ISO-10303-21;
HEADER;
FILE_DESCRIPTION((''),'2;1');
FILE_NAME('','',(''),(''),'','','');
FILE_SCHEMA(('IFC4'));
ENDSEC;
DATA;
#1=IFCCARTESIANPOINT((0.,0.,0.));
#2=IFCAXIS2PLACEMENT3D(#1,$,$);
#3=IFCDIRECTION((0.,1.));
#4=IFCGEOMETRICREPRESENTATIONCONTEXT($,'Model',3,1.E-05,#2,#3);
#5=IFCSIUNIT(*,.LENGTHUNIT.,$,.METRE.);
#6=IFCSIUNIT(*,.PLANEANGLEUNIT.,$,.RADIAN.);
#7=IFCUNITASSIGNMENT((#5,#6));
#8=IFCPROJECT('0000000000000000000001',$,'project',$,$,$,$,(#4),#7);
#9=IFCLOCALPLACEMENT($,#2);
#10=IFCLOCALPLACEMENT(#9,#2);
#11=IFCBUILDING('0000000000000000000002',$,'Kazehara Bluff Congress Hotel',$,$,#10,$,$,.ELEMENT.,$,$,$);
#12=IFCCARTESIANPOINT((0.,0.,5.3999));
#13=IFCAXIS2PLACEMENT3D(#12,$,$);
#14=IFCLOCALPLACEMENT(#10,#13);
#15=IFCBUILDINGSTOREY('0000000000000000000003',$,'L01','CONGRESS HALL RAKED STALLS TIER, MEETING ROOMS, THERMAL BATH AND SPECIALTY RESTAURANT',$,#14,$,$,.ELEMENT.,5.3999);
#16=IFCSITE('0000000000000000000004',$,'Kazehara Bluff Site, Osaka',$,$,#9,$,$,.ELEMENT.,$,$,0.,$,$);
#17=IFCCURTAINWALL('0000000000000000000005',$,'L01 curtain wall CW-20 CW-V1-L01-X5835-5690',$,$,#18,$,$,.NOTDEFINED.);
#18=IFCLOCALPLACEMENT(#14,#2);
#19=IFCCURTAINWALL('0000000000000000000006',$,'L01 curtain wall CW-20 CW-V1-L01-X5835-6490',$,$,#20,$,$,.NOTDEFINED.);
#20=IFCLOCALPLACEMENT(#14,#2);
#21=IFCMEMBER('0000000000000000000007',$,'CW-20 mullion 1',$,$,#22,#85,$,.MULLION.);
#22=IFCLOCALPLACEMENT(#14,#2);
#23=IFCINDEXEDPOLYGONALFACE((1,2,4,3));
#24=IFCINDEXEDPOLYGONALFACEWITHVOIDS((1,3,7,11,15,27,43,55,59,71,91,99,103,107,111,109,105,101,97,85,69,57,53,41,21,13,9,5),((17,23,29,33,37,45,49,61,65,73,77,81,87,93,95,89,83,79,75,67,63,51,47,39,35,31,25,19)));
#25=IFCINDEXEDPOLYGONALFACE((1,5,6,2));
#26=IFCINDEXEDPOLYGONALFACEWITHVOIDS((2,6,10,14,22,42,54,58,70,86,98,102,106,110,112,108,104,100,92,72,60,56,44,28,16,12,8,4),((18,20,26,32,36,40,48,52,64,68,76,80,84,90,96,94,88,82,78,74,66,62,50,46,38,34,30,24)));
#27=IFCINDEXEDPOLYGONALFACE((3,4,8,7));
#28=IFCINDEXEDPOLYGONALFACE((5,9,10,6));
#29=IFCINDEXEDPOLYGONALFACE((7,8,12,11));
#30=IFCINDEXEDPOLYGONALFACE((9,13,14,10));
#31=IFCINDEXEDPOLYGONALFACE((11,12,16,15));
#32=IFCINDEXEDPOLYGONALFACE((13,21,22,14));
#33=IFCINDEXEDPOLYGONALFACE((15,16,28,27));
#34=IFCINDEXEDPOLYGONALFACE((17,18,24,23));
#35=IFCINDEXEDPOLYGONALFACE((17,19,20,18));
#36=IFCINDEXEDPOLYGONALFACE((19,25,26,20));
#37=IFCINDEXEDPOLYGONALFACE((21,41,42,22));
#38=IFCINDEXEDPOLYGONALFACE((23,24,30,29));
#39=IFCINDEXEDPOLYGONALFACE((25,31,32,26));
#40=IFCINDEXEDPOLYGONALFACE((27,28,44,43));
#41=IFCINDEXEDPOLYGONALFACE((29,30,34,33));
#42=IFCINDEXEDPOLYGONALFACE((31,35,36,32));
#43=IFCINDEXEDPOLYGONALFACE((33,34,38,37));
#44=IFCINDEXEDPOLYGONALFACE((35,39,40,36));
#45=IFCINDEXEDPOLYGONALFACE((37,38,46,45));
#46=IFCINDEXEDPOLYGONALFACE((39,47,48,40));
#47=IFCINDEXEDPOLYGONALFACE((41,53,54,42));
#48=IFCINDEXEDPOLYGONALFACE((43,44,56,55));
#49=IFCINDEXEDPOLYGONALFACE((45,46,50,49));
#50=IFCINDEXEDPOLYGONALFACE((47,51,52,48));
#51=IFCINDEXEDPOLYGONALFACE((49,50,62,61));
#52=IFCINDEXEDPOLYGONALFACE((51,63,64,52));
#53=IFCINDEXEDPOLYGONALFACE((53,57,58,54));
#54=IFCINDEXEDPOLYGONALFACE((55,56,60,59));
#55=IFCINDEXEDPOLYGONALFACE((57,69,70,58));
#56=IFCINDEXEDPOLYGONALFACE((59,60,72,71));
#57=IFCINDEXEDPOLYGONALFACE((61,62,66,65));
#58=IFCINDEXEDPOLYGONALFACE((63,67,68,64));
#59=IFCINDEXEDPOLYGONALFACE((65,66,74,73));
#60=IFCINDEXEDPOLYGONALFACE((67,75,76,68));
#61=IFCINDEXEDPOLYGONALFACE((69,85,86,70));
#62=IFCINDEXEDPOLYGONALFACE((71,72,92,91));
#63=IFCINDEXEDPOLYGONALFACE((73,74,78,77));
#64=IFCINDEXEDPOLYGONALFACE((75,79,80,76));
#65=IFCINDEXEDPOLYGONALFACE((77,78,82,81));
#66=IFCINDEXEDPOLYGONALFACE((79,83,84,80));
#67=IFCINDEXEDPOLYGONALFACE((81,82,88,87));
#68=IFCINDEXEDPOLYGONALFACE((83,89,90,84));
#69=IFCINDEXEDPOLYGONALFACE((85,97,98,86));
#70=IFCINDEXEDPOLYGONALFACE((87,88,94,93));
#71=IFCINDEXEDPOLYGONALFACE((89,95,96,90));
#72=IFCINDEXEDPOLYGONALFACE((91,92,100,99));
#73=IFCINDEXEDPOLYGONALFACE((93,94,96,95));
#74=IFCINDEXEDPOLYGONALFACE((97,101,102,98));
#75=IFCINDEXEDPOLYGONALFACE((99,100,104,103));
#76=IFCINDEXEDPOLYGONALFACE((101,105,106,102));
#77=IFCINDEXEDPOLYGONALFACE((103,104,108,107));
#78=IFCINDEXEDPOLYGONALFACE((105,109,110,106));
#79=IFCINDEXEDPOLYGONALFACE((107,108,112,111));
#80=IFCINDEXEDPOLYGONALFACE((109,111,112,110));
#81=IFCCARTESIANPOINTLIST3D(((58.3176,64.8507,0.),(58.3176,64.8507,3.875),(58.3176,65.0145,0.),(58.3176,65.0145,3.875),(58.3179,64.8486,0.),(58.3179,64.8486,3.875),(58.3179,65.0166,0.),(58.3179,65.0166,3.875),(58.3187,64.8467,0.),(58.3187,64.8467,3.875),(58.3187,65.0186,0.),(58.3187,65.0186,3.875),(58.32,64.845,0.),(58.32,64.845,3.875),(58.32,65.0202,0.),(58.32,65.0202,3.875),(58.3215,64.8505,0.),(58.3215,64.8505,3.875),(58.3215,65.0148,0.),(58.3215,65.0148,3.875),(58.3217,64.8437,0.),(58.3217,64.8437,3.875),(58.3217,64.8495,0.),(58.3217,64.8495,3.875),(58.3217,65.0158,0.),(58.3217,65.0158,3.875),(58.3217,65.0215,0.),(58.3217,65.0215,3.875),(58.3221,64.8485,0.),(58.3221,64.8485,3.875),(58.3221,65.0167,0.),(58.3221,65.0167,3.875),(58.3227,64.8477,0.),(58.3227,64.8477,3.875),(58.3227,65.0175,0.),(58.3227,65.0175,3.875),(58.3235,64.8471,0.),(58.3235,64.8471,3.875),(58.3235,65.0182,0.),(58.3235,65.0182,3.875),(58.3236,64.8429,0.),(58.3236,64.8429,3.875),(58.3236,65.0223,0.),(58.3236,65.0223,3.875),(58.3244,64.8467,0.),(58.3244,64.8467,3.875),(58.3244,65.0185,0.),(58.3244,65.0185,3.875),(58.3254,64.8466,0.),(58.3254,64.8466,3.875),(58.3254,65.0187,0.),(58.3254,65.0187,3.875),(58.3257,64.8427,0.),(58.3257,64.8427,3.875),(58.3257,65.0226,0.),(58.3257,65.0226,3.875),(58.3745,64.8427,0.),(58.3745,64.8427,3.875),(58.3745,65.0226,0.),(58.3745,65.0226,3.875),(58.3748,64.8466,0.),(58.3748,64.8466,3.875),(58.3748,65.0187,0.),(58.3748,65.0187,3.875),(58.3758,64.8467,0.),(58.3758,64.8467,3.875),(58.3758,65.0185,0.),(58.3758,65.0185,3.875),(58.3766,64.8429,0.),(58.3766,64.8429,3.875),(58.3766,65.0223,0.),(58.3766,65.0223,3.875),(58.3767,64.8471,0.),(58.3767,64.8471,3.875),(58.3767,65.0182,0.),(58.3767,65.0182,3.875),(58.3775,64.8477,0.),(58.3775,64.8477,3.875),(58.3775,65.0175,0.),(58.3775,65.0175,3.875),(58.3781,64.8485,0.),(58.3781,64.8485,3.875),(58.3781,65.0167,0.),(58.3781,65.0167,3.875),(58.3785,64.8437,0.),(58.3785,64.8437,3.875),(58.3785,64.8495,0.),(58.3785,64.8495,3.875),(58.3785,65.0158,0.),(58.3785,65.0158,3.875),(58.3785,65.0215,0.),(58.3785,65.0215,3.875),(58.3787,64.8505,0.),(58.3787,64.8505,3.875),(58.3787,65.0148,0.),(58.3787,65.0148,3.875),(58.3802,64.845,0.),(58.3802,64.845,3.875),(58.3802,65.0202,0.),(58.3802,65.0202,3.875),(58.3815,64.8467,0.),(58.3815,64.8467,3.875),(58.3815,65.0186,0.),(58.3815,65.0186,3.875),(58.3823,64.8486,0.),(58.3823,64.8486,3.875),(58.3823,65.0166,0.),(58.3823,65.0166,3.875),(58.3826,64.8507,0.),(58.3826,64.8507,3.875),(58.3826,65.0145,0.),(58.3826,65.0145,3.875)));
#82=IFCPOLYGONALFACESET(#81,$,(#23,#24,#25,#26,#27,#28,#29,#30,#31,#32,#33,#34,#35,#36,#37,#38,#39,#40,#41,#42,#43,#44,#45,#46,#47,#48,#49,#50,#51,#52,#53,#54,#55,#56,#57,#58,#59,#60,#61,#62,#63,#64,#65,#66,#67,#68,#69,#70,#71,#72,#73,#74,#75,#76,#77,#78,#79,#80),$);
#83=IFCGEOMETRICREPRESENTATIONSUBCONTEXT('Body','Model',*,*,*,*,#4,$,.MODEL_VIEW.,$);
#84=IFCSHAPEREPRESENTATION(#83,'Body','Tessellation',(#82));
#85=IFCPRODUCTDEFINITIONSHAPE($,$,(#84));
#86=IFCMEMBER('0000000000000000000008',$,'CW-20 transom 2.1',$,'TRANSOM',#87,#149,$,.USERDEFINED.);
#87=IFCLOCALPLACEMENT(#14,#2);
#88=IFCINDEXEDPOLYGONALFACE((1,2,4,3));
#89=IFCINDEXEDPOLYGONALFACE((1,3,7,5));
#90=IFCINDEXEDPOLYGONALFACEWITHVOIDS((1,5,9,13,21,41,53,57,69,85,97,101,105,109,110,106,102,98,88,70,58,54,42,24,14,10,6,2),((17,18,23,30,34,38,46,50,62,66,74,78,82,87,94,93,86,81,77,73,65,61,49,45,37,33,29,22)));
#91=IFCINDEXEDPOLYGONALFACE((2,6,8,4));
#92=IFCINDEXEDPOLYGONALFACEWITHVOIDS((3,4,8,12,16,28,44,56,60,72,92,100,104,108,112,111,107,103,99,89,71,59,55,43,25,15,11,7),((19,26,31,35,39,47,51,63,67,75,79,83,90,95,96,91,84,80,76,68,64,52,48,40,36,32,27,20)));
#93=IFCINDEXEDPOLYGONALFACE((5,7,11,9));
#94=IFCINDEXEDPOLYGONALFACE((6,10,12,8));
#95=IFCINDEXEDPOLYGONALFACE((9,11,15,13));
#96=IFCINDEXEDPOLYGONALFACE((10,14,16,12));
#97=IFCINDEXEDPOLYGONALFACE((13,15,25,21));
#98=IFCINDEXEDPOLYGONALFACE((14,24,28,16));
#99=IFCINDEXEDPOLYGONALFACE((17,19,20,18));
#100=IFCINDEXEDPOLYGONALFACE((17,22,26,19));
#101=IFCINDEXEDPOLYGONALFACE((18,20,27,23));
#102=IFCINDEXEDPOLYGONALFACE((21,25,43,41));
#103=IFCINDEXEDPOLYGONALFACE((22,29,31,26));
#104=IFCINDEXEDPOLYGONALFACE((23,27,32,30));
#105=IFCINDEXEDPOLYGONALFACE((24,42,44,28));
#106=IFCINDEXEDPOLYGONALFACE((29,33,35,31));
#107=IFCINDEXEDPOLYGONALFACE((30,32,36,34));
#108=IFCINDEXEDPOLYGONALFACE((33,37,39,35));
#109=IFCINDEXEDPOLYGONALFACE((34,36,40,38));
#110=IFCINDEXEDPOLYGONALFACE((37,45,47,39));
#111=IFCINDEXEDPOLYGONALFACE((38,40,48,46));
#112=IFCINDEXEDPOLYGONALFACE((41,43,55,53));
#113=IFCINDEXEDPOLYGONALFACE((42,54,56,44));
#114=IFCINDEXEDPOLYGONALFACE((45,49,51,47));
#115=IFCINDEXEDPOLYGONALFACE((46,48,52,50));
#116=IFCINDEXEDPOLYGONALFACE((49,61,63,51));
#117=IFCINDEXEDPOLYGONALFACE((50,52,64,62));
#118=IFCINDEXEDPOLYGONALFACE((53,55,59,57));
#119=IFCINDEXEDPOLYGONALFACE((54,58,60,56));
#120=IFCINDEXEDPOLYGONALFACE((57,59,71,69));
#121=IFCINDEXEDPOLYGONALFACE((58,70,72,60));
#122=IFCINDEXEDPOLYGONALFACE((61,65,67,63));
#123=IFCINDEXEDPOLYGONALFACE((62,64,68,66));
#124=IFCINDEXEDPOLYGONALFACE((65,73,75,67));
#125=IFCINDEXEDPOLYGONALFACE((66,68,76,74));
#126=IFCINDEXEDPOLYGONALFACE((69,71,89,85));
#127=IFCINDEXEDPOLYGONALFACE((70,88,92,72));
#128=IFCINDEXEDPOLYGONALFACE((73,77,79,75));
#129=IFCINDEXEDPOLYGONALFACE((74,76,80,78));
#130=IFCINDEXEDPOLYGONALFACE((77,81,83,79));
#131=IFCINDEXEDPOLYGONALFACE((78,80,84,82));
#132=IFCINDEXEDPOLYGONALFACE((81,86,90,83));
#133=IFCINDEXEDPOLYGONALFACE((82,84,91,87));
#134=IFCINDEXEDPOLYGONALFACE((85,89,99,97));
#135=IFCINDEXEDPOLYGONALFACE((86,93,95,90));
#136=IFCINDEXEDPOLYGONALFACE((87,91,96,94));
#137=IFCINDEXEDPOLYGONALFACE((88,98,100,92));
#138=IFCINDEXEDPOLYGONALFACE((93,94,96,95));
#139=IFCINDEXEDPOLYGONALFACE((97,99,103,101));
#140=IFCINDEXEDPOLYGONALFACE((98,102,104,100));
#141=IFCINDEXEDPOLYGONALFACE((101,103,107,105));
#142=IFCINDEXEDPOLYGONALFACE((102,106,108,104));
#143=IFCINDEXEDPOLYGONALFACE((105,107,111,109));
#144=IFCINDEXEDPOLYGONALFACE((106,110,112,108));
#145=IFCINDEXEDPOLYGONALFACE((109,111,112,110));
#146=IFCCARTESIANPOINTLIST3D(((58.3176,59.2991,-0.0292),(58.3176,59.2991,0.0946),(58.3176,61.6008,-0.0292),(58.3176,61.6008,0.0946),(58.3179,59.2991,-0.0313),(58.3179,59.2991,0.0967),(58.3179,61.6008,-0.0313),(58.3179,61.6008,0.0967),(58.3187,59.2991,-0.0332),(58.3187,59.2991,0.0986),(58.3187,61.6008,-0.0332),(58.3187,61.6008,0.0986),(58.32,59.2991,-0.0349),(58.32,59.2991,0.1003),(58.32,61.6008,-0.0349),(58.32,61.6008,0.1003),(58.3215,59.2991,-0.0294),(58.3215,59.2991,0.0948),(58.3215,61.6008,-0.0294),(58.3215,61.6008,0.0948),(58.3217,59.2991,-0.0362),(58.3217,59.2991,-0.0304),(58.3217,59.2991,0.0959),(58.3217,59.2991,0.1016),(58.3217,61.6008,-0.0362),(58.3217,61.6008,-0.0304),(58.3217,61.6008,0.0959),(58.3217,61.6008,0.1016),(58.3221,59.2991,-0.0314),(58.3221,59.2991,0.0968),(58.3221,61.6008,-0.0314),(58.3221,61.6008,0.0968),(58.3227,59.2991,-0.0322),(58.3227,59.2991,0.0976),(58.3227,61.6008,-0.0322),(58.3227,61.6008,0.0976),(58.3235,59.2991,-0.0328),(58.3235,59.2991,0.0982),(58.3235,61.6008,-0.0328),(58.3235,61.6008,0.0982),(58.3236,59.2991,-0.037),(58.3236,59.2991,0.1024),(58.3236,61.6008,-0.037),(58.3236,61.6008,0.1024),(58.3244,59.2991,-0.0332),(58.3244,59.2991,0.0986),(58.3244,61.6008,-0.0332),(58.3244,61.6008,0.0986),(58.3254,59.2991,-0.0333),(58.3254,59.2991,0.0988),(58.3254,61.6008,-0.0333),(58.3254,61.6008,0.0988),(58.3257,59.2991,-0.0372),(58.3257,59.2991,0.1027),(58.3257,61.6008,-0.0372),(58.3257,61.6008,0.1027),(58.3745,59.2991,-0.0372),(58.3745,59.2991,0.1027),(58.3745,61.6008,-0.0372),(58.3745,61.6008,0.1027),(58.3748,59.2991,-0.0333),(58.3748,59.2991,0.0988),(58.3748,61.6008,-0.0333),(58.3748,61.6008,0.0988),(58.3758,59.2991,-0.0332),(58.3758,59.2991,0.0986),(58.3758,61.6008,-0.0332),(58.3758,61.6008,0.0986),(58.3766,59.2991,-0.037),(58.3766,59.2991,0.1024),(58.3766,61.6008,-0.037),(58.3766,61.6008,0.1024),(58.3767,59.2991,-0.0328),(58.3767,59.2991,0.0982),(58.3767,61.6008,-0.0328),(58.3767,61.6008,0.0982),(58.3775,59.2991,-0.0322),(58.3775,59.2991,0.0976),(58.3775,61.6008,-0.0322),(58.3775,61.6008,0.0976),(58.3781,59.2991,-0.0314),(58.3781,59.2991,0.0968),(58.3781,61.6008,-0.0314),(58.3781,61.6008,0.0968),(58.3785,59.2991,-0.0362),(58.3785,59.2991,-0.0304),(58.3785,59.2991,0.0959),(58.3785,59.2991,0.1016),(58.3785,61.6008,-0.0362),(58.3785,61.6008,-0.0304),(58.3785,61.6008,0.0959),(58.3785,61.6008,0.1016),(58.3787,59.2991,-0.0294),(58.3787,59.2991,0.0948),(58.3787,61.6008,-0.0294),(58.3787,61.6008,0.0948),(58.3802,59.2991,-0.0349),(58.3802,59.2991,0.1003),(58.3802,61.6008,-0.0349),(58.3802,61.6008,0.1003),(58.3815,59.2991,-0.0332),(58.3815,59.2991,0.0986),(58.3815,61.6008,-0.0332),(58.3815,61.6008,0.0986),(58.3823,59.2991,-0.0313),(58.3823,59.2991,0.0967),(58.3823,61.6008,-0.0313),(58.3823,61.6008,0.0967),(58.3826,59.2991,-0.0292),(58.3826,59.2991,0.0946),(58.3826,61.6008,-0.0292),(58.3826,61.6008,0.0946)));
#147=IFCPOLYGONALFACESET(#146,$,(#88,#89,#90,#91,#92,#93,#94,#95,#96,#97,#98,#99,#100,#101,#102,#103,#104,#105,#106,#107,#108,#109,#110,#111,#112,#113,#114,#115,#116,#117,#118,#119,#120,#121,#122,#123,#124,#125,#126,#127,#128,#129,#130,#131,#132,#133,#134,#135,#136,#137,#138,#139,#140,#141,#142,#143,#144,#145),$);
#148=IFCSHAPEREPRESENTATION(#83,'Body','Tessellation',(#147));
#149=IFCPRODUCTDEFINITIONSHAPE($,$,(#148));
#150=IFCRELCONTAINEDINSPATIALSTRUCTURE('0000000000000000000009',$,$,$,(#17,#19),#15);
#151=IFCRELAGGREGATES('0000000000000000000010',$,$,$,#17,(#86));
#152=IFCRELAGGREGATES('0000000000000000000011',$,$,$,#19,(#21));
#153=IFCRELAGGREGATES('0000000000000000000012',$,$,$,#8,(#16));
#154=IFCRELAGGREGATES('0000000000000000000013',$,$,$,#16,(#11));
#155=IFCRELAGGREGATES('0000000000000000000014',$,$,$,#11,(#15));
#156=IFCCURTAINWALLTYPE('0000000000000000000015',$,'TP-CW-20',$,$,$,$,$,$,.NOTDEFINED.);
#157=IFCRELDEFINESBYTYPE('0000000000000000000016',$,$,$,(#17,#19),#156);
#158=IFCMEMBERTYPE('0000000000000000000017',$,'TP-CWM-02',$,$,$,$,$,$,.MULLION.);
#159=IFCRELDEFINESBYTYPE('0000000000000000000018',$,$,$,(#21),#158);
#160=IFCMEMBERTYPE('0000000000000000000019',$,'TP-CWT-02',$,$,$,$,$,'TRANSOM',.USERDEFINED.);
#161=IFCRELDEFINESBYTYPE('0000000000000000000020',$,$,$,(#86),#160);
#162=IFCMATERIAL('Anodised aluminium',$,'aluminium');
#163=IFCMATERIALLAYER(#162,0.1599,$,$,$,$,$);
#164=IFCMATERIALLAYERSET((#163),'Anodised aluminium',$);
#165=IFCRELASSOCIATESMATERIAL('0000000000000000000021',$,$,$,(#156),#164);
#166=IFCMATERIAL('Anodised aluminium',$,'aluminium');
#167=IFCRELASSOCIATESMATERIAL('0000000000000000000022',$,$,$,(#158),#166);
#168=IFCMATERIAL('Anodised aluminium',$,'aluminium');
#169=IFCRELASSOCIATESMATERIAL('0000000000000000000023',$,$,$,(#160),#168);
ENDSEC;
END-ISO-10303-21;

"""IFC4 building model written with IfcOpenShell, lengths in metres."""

from ifc_helpers import new_model, si_unit, direction, frame, origin, origin_2d, place, context, subcontext, project, spatial, hollow_rectangle, extrude, material, layer, layer_set, material_profile, profile_set, type_object, element, aggregate, save


model = new_model("IFC4")

# Units and contexts
model_context = context("Model", 3, precision=1e-05, world=origin(), true_north=direction((0.0, 1.0)))
body_context = subcontext(model_context, "Body", "Model", "MODEL_VIEW")
ifc_project = project(units=[si_unit("LENGTHUNIT", "METRE"), si_unit("PLANEANGLEUNIT", "RADIAN")], contexts=[model_context])

# Site, building, storey
site_placement = place(None, origin())
site = spatial("IfcSite", under=ifc_project, at=site_placement, Name="Kazehara Bluff Site, Osaka", CompositionType="ELEMENT", RefElevation=0.0)
building_placement = place(site_placement, origin())
building = spatial("IfcBuilding", under=site, at=building_placement, Name="Kazehara Bluff Congress Hotel", CompositionType="ELEMENT")
storey_placement = place(building_placement, frame((0.0, 0.0, 5.3999)))
storey = spatial("IfcBuildingStorey", under=building, at=storey_placement, Name="L01", Description="CONGRESS HALL RAKED STALLS TIER, MEETING ROOMS, THERMAL BATH AND SPECIALTY RESTAURANT", CompositionType="ELEMENT", Elevation=5.3999)

# Curtain wall
ifc_material_1 = material(Name="Anodised aluminium", Category="aluminium")
ifc_layer_1 = layer(ifc_material_1, 0.1599)
ifc_layer_set_1 = layer_set([ifc_layer_1], Name="Anodised aluminium")
curtain_wall_type = type_object("IfcCurtainWallType", Name="TP-CW-20", PredefinedType="NOTDEFINED", material=ifc_layer_set_1)
curtain_wall_1_placement = place(storey_placement, origin())
curtain_wall_1 = element("IfcCurtainWall", 1, at=curtain_wall_1_placement, inside=storey, type_object=curtain_wall_type, Name="L01 curtain wall CW-20 CW-V1-L01-X5835-5690", PredefinedType="NOTDEFINED")
ifc_material_2 = material(Name="Anodised aluminium", Category="aluminium")
ifc_material_profile_1 = material_profile(ifc_material_2, hollow_rectangle(XDim=0.0649, YDim=0.1799, WallThickness=0.0039, InnerFilletRadius=0.0039, OuterFilletRadius=0.0081, at=origin_2d()))
ifc_profile_set_1 = profile_set([ifc_material_profile_1], Name="Anodised aluminium")
member_type_1 = type_object("IfcMemberType", Name="TP-CWM-02", PredefinedType="MULLION", material=ifc_profile_set_1)

# Curtain wall, member
curtain_wall_2_placement = place(storey_placement, origin())
curtain_wall_2 = element("IfcCurtainWall", 2, at=curtain_wall_2_placement, inside=storey, type_object=curtain_wall_type, Name="L01 curtain wall CW-20 CW-V1-L01-X5835-6490", PredefinedType="NOTDEFINED")
member_1_placement = place(storey_placement, frame((58.3501, 64.9326, 0.0), z_axis=(0.0, 0.0, 1.0), x_axis=(-1.0, 0.0, 0.0)))
member_1 = element("IfcMember", 3, at=member_1_placement, type_object=member_type_1, Name="CW-20 mullion 1", PredefinedType="MULLION", context=body_context, shape_type="SweptSolid", body=[
    extrude(hollow_rectangle(XDim=0.0649, YDim=0.1799, WallThickness=0.0039, InnerFilletRadius=0.0039, OuterFilletRadius=0.0081, at=origin_2d()), origin(), (0.0, 0.0, 1.0), 3.875),
])

# Member
ifc_material_3 = material(Name="Anodised aluminium", Category="aluminium")
ifc_material_profile_2 = material_profile(ifc_material_3, hollow_rectangle(XDim=0.0649, YDim=0.1399, WallThickness=0.0039, InnerFilletRadius=0.0039, OuterFilletRadius=0.0081, at=origin_2d()))
ifc_profile_set_2 = profile_set([ifc_material_profile_2], Name="Anodised aluminium")
member_type_2 = type_object("IfcMemberType", Name="TP-CWT-02", ElementType="TRANSOM", PredefinedType="USERDEFINED", material=ifc_profile_set_2)
member_2_placement = place(storey_placement, frame((58.3501, 59.2991, 0.0327), z_axis=(0.0, 1.0, 0.0), x_axis=(-1.0, 0.0, 0.0)))
member_2 = element("IfcMember", 4, at=member_2_placement, type_object=member_type_2, Name="CW-20 transom 2.1", ObjectType="TRANSOM", PredefinedType="USERDEFINED", context=body_context, shape_type="SweptSolid", body=[
    extrude(hollow_rectangle(XDim=0.0649, YDim=0.1399, WallThickness=0.0039, InnerFilletRadius=0.0039, OuterFilletRadius=0.0081, at=origin_2d()), origin(), (0.0, 0.0, 1.0), 2.3018),
])

aggregate(curtain_wall_1, [member_2])
aggregate(curtain_wall_2, [member_1])

save(model, "model.ifc")
